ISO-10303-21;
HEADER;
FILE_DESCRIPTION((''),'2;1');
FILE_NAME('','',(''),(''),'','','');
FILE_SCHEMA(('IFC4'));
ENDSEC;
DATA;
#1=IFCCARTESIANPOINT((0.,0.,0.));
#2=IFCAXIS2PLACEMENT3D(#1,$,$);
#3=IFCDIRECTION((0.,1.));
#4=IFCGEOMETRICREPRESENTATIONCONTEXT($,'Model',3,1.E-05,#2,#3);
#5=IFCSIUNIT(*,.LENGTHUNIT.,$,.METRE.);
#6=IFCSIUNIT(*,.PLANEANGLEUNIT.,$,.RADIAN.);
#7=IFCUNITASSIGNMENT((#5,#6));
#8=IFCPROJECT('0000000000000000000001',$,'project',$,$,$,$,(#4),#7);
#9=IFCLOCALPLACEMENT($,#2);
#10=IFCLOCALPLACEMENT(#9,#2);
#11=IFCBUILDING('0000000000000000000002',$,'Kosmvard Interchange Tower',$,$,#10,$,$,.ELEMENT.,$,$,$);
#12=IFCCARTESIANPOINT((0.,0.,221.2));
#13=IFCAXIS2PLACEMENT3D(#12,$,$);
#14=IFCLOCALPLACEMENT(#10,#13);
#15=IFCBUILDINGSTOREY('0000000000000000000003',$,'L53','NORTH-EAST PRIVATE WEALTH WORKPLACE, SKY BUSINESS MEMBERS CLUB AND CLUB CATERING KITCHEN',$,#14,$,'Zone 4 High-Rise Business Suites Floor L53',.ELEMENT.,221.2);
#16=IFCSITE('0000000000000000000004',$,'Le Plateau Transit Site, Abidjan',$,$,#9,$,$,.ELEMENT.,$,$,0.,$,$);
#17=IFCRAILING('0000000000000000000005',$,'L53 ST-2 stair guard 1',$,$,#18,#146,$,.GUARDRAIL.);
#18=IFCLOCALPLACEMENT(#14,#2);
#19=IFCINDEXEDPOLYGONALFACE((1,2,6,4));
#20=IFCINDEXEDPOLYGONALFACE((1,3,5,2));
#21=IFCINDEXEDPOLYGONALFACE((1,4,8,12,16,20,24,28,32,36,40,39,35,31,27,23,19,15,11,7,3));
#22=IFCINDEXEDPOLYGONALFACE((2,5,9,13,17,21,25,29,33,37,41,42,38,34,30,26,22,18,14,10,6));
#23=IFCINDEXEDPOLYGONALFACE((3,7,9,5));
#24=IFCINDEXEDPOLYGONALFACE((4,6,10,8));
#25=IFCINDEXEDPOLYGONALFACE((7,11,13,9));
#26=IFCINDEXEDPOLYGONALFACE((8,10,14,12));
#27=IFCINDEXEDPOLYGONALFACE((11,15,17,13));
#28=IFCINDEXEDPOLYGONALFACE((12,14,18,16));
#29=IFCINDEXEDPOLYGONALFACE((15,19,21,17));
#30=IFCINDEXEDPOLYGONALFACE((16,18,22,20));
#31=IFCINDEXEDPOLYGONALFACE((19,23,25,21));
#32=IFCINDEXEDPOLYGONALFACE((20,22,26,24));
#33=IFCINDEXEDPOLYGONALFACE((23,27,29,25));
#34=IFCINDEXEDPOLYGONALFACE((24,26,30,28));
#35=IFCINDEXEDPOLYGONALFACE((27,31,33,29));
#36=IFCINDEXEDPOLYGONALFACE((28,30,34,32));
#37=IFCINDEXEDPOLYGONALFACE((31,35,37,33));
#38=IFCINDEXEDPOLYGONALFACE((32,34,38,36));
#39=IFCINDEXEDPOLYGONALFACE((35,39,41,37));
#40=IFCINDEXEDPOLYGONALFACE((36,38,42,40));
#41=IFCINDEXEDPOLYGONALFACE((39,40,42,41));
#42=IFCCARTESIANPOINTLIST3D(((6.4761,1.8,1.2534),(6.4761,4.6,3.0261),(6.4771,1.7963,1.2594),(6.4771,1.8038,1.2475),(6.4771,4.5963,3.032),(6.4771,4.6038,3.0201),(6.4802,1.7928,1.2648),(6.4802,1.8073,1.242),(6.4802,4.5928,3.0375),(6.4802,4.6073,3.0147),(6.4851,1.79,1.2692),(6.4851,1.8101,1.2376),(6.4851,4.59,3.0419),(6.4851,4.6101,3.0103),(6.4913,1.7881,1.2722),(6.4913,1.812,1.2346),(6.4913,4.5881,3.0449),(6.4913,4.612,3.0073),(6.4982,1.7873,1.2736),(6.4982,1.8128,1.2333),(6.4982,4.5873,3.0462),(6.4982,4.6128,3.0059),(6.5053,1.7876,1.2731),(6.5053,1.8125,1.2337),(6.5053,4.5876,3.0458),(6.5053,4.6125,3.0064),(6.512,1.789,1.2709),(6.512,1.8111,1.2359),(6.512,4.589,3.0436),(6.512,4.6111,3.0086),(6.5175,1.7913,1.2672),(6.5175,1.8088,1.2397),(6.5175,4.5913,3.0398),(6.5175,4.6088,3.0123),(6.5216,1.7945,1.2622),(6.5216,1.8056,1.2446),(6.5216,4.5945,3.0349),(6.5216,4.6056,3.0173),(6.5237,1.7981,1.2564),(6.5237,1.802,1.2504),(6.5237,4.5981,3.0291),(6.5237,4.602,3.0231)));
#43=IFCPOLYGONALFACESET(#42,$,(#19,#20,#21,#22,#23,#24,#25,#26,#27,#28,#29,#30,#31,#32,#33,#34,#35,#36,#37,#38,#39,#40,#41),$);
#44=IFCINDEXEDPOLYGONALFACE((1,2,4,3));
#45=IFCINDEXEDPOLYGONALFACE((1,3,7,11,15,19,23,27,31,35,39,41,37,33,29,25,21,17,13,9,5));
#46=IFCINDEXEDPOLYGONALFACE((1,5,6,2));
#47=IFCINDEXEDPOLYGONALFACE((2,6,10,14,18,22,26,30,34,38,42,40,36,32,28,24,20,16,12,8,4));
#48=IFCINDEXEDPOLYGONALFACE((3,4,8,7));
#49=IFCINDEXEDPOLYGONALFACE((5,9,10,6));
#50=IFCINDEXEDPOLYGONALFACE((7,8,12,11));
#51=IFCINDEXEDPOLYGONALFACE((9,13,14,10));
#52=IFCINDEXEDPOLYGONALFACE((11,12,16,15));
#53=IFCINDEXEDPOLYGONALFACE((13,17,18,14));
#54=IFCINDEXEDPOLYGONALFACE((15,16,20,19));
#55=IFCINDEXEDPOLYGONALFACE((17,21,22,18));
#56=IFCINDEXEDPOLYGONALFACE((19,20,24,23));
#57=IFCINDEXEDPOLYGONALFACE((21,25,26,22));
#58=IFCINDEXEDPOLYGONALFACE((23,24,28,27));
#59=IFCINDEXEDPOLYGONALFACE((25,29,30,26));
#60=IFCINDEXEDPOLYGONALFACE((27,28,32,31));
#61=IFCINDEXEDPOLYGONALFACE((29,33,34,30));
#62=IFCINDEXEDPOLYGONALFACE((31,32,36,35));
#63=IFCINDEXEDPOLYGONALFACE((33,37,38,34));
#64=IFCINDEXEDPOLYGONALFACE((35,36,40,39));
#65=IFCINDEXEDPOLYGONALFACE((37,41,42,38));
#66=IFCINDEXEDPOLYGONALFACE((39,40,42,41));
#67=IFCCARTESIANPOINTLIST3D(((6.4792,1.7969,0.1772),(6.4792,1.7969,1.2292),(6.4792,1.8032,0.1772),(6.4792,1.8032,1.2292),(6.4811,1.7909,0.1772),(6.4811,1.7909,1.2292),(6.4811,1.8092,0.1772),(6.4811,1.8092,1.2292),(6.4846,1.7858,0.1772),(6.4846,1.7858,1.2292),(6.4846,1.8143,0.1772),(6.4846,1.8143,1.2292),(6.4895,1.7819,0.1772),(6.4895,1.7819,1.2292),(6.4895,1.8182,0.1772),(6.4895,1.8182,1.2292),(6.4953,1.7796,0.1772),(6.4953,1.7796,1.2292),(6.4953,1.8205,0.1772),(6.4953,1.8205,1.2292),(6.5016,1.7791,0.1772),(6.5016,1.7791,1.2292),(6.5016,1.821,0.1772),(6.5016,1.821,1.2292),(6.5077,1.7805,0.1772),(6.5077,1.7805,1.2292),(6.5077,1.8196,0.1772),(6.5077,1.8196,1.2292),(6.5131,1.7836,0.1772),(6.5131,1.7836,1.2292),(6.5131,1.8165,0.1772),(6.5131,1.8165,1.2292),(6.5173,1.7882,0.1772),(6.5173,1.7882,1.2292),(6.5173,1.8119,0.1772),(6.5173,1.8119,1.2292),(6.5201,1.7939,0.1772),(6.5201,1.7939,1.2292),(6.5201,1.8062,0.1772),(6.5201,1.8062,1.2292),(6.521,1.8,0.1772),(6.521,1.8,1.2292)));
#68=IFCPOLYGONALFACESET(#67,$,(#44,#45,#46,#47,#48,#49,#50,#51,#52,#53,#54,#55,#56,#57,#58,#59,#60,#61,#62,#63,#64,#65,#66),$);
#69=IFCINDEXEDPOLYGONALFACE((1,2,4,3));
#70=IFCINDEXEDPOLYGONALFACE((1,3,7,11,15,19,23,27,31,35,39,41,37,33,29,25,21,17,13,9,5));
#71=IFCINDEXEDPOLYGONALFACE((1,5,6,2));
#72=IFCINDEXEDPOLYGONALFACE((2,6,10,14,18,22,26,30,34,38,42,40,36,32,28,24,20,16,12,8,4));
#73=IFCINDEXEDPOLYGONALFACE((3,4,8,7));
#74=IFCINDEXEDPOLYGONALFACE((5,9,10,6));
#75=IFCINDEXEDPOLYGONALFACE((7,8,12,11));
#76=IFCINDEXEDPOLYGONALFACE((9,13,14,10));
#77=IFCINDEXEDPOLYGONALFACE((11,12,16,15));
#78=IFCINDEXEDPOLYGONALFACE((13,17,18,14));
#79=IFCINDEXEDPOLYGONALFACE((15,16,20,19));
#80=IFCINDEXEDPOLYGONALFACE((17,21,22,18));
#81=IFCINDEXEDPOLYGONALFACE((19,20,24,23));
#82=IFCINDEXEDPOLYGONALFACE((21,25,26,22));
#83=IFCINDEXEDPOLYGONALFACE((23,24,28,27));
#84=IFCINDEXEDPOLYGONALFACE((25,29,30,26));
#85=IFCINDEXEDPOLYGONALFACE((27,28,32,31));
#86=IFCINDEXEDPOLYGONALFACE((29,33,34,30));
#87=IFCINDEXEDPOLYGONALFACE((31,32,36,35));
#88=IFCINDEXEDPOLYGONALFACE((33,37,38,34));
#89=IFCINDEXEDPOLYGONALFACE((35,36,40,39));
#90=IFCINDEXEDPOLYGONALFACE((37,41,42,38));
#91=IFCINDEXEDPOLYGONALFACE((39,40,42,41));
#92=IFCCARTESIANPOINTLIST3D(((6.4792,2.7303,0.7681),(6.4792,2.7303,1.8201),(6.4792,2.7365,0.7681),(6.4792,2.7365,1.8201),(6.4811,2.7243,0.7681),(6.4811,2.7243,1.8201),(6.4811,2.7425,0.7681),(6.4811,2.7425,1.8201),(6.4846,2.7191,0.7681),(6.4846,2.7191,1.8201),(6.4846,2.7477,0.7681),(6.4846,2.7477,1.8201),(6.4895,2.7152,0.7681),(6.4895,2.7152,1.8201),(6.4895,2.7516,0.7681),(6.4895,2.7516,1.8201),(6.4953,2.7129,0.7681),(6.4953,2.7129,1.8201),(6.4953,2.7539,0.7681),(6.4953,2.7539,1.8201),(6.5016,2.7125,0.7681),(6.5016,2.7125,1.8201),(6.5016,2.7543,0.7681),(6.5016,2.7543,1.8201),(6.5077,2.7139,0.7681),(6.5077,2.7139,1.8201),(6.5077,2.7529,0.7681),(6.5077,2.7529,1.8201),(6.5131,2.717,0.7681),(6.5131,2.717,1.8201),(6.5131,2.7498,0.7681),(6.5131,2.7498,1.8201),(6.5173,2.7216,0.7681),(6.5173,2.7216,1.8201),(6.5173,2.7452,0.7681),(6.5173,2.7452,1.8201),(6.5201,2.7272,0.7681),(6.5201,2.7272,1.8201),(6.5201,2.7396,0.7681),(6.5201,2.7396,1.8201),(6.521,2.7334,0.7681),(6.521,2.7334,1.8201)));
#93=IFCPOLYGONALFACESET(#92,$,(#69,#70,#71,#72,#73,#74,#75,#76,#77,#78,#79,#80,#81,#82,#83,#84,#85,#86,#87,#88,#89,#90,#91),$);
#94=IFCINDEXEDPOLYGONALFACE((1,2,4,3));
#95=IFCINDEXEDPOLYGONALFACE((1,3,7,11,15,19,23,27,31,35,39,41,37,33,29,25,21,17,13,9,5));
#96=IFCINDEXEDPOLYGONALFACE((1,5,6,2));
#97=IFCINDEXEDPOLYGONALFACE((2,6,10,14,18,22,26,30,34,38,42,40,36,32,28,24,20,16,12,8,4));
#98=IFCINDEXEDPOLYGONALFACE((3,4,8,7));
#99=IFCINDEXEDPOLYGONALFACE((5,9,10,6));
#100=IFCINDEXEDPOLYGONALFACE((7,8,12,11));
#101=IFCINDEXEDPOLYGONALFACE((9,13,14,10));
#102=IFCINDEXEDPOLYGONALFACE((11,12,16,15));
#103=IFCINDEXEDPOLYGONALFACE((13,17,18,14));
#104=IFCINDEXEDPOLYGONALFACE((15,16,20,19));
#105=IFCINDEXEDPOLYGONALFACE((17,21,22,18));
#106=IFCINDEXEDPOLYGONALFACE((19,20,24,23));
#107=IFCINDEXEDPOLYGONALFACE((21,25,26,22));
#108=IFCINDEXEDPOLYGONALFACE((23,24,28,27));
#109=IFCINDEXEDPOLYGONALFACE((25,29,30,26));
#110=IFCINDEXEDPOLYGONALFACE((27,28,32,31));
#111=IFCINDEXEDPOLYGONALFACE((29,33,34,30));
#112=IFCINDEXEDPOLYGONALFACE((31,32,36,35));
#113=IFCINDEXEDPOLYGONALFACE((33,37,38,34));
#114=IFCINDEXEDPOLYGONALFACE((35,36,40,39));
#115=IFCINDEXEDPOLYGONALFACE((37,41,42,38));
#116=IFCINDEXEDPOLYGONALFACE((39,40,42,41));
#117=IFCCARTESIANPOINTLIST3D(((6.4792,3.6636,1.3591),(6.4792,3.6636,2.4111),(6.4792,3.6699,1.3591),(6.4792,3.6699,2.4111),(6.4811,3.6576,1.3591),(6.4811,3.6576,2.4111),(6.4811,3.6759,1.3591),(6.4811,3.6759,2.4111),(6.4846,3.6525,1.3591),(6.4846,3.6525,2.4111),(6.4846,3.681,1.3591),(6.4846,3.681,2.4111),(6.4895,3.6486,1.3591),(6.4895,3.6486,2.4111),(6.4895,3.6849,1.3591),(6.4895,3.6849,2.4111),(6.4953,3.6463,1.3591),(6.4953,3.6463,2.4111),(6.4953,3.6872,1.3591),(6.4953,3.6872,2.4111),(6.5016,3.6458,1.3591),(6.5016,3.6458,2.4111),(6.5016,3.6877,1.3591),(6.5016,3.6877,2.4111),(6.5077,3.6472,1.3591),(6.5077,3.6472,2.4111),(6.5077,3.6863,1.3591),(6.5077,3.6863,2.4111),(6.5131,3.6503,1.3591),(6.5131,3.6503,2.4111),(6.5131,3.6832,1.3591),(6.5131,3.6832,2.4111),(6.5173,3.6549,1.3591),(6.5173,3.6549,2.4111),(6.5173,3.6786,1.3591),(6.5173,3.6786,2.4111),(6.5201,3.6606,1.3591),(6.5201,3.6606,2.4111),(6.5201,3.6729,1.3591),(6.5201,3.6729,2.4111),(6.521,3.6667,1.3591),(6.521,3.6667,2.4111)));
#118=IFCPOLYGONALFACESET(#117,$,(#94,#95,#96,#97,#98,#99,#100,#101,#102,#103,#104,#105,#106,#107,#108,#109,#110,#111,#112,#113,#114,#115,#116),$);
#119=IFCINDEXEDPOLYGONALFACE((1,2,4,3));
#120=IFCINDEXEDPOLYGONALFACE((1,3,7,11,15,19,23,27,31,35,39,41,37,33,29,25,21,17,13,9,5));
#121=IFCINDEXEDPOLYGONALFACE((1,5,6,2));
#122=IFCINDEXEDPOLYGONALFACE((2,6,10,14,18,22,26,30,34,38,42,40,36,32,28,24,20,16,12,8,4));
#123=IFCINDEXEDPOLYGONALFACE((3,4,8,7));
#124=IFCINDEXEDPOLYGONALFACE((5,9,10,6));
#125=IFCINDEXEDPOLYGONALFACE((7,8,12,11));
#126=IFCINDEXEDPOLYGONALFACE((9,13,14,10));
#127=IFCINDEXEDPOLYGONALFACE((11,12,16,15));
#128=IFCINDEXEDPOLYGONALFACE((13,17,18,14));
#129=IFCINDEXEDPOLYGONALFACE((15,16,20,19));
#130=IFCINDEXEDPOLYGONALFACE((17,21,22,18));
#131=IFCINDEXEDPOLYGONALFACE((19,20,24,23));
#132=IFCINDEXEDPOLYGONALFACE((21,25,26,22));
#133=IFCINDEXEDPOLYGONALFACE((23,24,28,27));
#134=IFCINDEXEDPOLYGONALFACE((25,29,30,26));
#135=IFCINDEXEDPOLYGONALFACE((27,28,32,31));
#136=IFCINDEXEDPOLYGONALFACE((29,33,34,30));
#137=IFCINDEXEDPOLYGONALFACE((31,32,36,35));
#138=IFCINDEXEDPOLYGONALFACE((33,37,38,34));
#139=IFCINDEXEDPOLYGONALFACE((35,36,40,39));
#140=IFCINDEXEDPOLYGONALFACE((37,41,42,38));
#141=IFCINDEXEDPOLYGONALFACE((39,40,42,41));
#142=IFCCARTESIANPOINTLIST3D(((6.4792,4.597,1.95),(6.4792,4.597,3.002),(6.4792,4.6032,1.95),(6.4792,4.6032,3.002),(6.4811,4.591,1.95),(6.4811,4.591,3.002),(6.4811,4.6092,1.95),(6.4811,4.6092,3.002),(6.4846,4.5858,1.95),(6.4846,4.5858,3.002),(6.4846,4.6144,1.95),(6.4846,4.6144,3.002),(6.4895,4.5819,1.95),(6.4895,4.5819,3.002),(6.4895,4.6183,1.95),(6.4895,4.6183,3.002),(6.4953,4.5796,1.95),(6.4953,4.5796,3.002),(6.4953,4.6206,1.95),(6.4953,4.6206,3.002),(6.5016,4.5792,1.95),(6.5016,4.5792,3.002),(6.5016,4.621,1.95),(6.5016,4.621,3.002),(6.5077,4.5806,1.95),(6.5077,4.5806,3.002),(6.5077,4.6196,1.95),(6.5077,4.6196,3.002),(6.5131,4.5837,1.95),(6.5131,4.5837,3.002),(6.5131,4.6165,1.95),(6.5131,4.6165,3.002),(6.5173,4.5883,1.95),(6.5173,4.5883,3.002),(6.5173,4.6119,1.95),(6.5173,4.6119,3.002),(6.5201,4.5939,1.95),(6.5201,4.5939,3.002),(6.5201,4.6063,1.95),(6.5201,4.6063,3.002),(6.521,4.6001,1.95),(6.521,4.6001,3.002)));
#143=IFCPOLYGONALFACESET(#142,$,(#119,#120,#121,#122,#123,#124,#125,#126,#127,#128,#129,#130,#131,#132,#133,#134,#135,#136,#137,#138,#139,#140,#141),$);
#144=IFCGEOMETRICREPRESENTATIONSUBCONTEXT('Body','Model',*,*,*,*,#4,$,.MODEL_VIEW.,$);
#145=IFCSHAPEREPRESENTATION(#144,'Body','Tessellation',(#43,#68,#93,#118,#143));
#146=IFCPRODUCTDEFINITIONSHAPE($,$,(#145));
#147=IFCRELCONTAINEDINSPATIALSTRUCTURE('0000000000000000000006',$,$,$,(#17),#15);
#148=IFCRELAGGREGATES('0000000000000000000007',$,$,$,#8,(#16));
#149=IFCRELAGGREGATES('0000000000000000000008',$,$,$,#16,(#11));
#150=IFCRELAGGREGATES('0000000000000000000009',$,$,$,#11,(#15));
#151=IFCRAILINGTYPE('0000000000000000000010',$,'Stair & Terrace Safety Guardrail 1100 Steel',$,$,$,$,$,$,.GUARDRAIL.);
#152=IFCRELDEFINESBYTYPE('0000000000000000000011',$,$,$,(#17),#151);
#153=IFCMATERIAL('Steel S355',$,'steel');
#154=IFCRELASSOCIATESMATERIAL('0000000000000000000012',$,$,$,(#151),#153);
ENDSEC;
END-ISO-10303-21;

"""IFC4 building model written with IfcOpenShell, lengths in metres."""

from ifc_helpers import new_model, si_unit, direction, frame, origin, origin_2d, place, context, subcontext, project, spatial, circle, extrude, source, transform, mapped, material, type_object, element, save


model = new_model("IFC4")

# Units and contexts
model_context = context("Model", 3, precision=1e-05, world=origin(), true_north=direction((0.0, 1.0)))
body_context = subcontext(model_context, "Body", "Model", "MODEL_VIEW")
ifc_project = project(units=[si_unit("LENGTHUNIT", "METRE"), si_unit("PLANEANGLEUNIT", "RADIAN")], contexts=[model_context])

# Site, building, storey
site_placement = place(None, origin())
site = spatial("IfcSite", under=ifc_project, at=site_placement, Name="Le Plateau Transit Site, Abidjan", CompositionType="ELEMENT", RefElevation=0.0)
building_placement = place(site_placement, origin())
building = spatial("IfcBuilding", under=site, at=building_placement, Name="Kosmvard Interchange Tower", CompositionType="ELEMENT")
storey_placement = place(building_placement, frame((0.0, 0.0, 221.2)))
storey = spatial("IfcBuildingStorey", under=building, at=storey_placement, Name="L53", Description="NORTH-EAST PRIVATE WEALTH WORKPLACE, SKY BUSINESS MEMBERS CLUB AND CLUB CATERING KITCHEN", LongName="Zone 4 High-Rise Business Suites Floor L53", CompositionType="ELEMENT", Elevation=221.2)

# Shared definitions
ifc_material_1 = material(Name="Steel S355", Category="steel")

# Railing
railing_type_1 = type_object("IfcRailingType", Name="Stair & Terrace Safety Guardrail 1100 Steel", PredefinedType="GUARDRAIL", material=ifc_material_1)
shared_shape_1 = source(origin(), body_context, "Body", "SweptSolid", [
    extrude(circle(Radius=0.0239, at=origin_2d()), frame((0.0, 0.0, 1.0762), z_axis=(0.0, 0.844909, 0.53491), x_axis=(-1.0, 0.0, 0.0)), (0.0, 0.0, 1.0), 3.314),
    extrude(circle(Radius=0.021, at=origin_2d()), origin(), (0.0, 0.0, 1.0), 1.052),
    extrude(circle(Radius=0.021, at=origin_2d()), frame((0.0, 0.9333, 0.5908)), (0.0, 0.0, 1.0), 1.052),
    extrude(circle(Radius=0.021, at=origin_2d()), frame((0.0, 1.8667, 1.1819)), (0.0, 0.0, 1.0), 1.052),
    extrude(circle(Radius=0.021, at=origin_2d()), frame((0.0, 2.8, 1.7727)), (0.0, 0.0, 1.0), 1.052),
])
railing_1_placement = place(storey_placement, frame((6.5, 1.8, 0.1772)))
element("IfcRailing", 1, at=railing_1_placement, inside=storey, type_object=railing_type_1, Name="L53 ST-2 stair guard 1", PredefinedType="GUARDRAIL", context=body_context, shape_type="MappedRepresentation", body=[
    mapped(shared_shape_1, transform((0.0, 0.0, 0.0), scale=1.0)),
])

save(model, "model.ifc")
